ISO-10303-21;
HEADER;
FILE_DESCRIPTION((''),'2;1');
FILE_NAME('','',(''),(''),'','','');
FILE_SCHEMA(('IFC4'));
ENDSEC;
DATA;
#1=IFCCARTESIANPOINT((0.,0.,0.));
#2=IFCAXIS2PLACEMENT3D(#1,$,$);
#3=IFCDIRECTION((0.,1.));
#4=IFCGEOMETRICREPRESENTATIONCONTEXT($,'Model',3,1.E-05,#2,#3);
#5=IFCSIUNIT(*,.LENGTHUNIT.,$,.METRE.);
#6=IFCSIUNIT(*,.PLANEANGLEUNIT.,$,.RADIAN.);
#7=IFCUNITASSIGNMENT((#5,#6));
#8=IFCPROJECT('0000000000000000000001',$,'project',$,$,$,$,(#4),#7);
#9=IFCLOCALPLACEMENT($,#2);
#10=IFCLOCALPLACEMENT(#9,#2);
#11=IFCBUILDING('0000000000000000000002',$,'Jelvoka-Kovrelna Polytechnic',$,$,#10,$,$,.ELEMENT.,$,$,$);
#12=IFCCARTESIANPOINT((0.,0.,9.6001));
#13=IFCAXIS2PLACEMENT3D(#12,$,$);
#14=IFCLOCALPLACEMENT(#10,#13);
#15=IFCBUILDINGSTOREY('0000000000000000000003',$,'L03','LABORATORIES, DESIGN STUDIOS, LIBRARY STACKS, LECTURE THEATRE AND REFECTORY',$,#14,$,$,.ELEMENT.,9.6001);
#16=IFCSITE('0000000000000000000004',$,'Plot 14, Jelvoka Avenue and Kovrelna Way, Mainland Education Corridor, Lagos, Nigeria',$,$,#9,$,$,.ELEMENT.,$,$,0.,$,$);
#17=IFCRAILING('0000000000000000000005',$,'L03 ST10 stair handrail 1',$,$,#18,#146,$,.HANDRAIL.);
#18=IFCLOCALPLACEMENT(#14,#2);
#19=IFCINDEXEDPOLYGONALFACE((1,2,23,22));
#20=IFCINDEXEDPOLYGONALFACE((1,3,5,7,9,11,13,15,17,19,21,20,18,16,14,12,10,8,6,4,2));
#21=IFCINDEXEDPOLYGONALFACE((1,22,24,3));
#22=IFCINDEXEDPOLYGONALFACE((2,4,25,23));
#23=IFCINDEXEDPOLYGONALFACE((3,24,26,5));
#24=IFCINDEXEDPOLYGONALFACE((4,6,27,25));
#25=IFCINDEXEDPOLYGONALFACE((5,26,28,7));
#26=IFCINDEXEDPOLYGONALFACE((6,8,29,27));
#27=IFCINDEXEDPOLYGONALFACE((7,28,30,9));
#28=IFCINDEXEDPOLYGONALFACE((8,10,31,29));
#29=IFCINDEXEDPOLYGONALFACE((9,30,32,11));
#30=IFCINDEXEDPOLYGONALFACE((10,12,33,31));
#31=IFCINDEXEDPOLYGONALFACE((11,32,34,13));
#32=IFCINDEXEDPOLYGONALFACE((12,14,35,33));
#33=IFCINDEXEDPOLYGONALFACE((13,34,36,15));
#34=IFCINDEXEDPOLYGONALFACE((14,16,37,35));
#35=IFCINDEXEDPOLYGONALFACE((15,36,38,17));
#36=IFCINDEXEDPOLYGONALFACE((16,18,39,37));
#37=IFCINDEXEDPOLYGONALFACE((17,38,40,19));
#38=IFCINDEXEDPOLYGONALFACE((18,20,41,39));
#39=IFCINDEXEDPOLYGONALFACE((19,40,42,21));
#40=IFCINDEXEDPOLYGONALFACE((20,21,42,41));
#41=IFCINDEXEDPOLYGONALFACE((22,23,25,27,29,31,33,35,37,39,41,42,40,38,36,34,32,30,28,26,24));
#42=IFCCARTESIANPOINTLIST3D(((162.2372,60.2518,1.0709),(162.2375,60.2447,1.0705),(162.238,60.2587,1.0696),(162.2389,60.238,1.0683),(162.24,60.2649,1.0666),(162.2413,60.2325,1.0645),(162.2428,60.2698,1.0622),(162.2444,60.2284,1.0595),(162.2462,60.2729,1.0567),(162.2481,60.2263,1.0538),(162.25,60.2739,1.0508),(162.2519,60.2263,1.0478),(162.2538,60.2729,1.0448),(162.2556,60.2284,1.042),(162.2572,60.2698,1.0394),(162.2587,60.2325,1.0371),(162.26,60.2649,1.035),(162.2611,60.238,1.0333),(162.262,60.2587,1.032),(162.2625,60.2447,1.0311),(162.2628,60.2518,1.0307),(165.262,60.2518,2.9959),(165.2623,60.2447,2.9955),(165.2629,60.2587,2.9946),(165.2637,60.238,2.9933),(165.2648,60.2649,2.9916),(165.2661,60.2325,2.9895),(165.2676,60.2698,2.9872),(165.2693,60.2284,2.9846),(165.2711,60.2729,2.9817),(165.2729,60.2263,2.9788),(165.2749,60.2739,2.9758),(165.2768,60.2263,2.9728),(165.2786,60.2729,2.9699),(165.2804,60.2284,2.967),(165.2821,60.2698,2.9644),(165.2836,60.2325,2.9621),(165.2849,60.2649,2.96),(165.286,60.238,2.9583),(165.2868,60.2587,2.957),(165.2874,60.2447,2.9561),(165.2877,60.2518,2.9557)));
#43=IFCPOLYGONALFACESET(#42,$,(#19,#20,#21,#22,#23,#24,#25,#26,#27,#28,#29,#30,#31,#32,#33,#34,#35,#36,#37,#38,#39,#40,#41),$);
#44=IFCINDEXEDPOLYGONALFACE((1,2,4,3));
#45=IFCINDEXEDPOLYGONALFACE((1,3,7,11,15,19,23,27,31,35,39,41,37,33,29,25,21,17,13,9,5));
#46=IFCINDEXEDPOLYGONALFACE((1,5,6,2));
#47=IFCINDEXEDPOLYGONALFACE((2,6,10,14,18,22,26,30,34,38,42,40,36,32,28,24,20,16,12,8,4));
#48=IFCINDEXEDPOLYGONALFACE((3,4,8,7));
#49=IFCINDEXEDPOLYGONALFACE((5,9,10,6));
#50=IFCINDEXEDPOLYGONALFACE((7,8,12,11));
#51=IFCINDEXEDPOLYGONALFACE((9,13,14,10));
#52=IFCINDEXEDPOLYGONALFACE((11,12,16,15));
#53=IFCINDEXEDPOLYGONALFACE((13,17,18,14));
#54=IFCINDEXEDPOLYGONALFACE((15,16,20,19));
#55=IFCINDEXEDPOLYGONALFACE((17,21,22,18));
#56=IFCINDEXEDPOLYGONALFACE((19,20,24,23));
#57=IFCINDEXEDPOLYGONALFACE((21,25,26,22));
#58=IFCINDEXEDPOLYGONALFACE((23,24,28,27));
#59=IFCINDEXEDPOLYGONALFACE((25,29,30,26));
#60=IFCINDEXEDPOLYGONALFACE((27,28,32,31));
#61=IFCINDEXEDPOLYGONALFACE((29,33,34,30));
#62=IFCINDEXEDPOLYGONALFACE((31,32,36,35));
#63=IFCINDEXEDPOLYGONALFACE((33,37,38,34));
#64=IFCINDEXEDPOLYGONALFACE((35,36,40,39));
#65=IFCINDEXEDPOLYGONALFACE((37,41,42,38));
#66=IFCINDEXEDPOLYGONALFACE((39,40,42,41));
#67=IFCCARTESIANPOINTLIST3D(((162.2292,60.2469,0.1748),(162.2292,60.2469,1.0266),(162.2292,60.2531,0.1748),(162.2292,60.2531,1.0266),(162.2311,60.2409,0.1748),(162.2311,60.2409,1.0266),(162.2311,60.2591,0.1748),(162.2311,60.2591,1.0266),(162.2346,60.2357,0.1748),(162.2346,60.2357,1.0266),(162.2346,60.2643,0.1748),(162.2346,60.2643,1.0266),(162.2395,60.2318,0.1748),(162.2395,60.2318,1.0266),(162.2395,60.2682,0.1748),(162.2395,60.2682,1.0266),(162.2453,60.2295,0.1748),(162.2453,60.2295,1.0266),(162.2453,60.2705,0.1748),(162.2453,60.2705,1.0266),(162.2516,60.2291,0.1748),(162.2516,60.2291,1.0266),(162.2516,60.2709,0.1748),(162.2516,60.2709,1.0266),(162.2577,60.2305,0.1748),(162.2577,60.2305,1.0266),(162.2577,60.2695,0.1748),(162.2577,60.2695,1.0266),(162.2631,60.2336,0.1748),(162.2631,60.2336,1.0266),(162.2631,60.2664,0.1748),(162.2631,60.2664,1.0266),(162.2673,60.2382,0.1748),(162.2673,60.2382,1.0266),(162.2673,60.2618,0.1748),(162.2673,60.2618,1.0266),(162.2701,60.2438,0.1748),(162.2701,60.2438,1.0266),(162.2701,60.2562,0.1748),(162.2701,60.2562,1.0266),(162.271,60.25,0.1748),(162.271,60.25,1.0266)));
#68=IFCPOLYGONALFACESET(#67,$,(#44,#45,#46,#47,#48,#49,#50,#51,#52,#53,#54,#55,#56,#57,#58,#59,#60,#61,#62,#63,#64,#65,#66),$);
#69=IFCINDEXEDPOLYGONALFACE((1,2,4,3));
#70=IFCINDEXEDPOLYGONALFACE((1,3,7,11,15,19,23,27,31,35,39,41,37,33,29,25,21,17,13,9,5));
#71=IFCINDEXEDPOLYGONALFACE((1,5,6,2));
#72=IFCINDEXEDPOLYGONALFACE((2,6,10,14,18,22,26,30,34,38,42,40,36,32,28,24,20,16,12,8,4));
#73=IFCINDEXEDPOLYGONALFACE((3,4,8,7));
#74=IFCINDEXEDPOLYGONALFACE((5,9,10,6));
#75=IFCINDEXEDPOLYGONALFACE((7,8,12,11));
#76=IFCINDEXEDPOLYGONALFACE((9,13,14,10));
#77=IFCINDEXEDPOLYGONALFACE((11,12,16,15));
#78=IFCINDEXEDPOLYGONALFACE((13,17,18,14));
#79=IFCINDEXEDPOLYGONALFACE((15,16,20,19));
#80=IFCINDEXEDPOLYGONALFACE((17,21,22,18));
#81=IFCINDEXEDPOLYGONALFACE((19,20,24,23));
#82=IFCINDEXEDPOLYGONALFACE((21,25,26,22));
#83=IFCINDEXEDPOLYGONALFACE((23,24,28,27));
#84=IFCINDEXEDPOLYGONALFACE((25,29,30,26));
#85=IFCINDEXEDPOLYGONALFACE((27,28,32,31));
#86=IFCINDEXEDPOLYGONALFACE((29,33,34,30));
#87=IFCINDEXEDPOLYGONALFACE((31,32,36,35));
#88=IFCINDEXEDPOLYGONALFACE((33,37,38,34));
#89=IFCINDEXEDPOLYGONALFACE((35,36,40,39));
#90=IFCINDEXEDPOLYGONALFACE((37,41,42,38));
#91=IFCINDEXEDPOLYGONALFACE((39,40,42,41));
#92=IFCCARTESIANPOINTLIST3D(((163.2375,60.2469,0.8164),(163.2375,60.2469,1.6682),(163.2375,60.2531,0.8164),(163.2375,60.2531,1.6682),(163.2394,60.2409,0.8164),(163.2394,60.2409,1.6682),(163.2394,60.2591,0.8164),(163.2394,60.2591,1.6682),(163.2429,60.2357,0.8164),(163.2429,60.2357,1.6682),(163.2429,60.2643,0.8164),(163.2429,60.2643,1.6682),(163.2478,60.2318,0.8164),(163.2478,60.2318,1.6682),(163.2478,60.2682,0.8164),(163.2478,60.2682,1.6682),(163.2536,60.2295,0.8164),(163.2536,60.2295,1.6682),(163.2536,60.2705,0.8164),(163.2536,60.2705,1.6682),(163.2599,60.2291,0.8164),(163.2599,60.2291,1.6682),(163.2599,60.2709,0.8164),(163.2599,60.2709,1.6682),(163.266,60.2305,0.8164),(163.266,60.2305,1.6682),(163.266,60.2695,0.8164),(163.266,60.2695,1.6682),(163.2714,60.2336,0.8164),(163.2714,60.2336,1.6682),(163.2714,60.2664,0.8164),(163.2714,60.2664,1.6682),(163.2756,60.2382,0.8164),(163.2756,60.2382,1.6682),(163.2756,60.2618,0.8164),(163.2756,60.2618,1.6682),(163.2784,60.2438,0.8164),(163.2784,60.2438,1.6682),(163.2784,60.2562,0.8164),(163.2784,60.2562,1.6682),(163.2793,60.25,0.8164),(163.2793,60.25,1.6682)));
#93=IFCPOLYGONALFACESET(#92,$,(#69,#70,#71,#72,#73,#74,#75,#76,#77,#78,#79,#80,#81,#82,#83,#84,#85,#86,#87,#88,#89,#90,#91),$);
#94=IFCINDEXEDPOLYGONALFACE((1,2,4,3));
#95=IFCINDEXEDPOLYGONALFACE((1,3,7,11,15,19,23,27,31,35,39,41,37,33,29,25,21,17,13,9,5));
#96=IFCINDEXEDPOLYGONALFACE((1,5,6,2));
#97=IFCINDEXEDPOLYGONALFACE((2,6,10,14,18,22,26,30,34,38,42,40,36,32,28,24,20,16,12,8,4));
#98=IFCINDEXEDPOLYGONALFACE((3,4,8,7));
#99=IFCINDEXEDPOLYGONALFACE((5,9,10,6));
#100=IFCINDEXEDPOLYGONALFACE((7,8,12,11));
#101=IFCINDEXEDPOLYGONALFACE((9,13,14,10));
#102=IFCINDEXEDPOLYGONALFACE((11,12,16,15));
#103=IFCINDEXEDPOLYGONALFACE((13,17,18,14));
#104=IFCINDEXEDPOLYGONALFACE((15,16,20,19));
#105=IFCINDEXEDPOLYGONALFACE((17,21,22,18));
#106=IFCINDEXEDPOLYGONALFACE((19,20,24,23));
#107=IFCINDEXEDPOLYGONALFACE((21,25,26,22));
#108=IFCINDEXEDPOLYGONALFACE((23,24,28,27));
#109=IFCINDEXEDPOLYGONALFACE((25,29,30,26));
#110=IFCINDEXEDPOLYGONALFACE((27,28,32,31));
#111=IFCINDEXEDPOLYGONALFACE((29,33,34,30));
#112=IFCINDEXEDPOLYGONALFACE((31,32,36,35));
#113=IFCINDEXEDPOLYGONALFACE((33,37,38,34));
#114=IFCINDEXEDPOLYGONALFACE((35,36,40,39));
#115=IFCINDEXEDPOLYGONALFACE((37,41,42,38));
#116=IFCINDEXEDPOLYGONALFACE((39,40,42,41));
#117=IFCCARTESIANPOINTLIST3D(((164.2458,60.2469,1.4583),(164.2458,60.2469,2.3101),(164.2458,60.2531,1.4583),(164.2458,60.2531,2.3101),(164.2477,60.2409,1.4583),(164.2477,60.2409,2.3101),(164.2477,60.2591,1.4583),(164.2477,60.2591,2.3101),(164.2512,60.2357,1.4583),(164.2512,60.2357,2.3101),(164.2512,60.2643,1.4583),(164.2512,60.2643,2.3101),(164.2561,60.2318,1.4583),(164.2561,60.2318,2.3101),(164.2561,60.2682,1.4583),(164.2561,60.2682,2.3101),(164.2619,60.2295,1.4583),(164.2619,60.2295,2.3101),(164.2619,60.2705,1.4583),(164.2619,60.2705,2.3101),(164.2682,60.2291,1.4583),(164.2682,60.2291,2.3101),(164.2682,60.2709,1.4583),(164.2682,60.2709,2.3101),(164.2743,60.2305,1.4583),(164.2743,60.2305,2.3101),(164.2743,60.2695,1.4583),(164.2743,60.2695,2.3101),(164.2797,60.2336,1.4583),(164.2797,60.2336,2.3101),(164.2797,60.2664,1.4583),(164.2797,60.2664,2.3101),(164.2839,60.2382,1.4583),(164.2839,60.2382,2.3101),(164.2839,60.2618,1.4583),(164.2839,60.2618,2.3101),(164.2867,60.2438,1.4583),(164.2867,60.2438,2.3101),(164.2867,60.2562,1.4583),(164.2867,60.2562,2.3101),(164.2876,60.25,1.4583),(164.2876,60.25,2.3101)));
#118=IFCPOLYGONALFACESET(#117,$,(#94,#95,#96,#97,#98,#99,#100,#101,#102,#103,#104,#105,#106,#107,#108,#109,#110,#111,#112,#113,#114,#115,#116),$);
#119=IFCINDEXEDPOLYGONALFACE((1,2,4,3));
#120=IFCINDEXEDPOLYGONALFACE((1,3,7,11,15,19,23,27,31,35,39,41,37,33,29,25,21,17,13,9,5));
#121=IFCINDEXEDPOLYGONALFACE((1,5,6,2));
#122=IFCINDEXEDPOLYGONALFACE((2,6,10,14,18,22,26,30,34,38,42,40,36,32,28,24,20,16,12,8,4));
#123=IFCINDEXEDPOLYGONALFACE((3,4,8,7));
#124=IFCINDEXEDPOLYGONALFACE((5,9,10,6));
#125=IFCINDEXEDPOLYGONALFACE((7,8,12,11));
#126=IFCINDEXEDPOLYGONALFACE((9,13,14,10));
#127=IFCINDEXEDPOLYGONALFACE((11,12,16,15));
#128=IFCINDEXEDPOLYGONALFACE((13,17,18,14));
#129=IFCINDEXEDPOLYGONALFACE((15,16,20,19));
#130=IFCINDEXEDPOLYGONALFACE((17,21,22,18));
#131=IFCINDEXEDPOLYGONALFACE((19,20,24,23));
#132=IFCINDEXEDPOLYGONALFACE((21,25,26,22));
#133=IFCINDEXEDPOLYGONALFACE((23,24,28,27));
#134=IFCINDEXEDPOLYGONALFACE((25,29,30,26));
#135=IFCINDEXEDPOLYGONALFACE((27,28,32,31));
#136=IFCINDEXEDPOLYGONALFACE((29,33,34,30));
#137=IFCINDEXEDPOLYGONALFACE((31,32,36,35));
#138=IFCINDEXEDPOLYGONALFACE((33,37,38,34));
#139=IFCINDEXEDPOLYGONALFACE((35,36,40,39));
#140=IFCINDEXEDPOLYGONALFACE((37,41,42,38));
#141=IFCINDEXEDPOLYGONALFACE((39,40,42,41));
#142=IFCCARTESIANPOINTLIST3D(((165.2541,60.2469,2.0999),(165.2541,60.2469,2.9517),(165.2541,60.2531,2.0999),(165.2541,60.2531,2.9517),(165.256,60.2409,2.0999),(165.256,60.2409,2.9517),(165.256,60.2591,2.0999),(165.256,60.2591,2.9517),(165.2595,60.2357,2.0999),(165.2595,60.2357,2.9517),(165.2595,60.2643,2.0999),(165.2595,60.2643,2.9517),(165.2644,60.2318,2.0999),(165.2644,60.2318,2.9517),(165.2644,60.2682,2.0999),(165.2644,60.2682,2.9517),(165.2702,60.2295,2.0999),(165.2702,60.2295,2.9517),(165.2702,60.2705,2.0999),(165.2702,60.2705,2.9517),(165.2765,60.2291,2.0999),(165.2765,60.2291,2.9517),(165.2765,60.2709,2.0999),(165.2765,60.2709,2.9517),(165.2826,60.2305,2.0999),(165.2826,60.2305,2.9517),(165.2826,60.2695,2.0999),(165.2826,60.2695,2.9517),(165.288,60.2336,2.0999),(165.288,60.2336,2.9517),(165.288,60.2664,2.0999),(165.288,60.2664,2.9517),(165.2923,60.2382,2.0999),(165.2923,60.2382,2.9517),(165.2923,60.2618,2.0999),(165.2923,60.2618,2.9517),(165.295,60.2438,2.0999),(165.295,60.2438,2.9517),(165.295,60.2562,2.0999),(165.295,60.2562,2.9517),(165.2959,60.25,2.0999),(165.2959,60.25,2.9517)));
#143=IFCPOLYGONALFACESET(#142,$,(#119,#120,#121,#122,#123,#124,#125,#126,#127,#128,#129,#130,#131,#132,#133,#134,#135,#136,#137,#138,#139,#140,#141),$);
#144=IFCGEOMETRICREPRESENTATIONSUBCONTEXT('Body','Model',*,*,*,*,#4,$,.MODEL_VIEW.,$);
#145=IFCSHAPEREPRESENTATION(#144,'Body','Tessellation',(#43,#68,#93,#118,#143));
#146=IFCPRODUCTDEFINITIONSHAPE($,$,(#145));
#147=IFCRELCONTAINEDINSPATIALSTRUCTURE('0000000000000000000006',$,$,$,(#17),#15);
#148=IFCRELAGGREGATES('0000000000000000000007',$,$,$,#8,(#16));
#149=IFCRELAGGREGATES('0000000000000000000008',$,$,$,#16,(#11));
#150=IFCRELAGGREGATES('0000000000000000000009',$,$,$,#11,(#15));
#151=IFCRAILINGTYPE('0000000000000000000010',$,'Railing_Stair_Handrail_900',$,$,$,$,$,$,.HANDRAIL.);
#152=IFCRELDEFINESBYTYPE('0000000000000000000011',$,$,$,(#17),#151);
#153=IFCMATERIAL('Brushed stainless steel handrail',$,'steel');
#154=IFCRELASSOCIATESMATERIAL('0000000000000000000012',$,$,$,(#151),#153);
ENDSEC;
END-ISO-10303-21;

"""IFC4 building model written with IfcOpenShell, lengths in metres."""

from ifc_helpers import new_model, si_unit, direction, frame, origin, origin_2d, place, context, subcontext, project, spatial, circle, extrude, material, type_object, element, save


model = new_model("IFC4")

# Units and contexts
model_context = context("Model", 3, precision=1e-05, world=origin(), true_north=direction((0.0, 1.0)))
body_context = subcontext(model_context, "Body", "Model", "MODEL_VIEW")
ifc_project = project(units=[si_unit("LENGTHUNIT", "METRE"), si_unit("PLANEANGLEUNIT", "RADIAN")], contexts=[model_context])

# Site, building, storey
site_placement = place(None, origin())
site = spatial("IfcSite", under=ifc_project, at=site_placement, Name="Plot 14, Jelvoka Avenue and Kovrelna Way, Mainland Education Corridor, Lagos, Nigeria", CompositionType="ELEMENT", RefElevation=0.0)
building_placement = place(site_placement, origin())
building = spatial("IfcBuilding", under=site, at=building_placement, Name="Jelvoka-Kovrelna Polytechnic", CompositionType="ELEMENT")
storey_placement = place(building_placement, frame((0.0, 0.0, 9.6001)))
storey = spatial("IfcBuildingStorey", under=building, at=storey_placement, Name="L03", Description="LABORATORIES, DESIGN STUDIOS, LIBRARY STACKS, LECTURE THEATRE AND REFECTORY", CompositionType="ELEMENT", Elevation=9.6001)

# Railing
ifc_material_1 = material(Name="Brushed stainless steel handrail", Category="steel")
railing_type_1 = type_object("IfcRailingType", Name="Railing_Stair_Handrail_900", PredefinedType="HANDRAIL", material=ifc_material_1)
railing_1_placement = place(storey_placement, frame((162.25, 60.25, 0.1748)))
element("IfcRailing", 1, at=railing_1_placement, inside=storey, type_object=railing_type_1, Name="L03 ST10 stair handrail 1", PredefinedType="HANDRAIL", context=body_context, shape_type="SweptSolid", body=[
    extrude(circle(Radius=0.0239, at=origin_2d()), frame((0.0, 0.0, 0.876), z_axis=(0.843647, 0.0, 0.536898), x_axis=(0.0, 1.0, 0.0)), (0.0, 0.0, 1.0), 3.5854),
    extrude(circle(Radius=0.021, at=origin_2d()), origin(), (0.0, 0.0, 1.0), 0.8518),
    extrude(circle(Radius=0.021, at=origin_2d()), frame((1.0083, 0.0, 0.6416)), (0.0, 0.0, 1.0), 0.8518),
    extrude(circle(Radius=0.021, at=origin_2d()), frame((2.0166, 0.0, 1.2834)), (0.0, 0.0, 1.0), 0.8518),
    extrude(circle(Radius=0.021, at=origin_2d()), frame((3.0249, 0.0, 1.925)), (0.0, 0.0, 1.0), 0.8518),
])

save(model, "model.ifc")
